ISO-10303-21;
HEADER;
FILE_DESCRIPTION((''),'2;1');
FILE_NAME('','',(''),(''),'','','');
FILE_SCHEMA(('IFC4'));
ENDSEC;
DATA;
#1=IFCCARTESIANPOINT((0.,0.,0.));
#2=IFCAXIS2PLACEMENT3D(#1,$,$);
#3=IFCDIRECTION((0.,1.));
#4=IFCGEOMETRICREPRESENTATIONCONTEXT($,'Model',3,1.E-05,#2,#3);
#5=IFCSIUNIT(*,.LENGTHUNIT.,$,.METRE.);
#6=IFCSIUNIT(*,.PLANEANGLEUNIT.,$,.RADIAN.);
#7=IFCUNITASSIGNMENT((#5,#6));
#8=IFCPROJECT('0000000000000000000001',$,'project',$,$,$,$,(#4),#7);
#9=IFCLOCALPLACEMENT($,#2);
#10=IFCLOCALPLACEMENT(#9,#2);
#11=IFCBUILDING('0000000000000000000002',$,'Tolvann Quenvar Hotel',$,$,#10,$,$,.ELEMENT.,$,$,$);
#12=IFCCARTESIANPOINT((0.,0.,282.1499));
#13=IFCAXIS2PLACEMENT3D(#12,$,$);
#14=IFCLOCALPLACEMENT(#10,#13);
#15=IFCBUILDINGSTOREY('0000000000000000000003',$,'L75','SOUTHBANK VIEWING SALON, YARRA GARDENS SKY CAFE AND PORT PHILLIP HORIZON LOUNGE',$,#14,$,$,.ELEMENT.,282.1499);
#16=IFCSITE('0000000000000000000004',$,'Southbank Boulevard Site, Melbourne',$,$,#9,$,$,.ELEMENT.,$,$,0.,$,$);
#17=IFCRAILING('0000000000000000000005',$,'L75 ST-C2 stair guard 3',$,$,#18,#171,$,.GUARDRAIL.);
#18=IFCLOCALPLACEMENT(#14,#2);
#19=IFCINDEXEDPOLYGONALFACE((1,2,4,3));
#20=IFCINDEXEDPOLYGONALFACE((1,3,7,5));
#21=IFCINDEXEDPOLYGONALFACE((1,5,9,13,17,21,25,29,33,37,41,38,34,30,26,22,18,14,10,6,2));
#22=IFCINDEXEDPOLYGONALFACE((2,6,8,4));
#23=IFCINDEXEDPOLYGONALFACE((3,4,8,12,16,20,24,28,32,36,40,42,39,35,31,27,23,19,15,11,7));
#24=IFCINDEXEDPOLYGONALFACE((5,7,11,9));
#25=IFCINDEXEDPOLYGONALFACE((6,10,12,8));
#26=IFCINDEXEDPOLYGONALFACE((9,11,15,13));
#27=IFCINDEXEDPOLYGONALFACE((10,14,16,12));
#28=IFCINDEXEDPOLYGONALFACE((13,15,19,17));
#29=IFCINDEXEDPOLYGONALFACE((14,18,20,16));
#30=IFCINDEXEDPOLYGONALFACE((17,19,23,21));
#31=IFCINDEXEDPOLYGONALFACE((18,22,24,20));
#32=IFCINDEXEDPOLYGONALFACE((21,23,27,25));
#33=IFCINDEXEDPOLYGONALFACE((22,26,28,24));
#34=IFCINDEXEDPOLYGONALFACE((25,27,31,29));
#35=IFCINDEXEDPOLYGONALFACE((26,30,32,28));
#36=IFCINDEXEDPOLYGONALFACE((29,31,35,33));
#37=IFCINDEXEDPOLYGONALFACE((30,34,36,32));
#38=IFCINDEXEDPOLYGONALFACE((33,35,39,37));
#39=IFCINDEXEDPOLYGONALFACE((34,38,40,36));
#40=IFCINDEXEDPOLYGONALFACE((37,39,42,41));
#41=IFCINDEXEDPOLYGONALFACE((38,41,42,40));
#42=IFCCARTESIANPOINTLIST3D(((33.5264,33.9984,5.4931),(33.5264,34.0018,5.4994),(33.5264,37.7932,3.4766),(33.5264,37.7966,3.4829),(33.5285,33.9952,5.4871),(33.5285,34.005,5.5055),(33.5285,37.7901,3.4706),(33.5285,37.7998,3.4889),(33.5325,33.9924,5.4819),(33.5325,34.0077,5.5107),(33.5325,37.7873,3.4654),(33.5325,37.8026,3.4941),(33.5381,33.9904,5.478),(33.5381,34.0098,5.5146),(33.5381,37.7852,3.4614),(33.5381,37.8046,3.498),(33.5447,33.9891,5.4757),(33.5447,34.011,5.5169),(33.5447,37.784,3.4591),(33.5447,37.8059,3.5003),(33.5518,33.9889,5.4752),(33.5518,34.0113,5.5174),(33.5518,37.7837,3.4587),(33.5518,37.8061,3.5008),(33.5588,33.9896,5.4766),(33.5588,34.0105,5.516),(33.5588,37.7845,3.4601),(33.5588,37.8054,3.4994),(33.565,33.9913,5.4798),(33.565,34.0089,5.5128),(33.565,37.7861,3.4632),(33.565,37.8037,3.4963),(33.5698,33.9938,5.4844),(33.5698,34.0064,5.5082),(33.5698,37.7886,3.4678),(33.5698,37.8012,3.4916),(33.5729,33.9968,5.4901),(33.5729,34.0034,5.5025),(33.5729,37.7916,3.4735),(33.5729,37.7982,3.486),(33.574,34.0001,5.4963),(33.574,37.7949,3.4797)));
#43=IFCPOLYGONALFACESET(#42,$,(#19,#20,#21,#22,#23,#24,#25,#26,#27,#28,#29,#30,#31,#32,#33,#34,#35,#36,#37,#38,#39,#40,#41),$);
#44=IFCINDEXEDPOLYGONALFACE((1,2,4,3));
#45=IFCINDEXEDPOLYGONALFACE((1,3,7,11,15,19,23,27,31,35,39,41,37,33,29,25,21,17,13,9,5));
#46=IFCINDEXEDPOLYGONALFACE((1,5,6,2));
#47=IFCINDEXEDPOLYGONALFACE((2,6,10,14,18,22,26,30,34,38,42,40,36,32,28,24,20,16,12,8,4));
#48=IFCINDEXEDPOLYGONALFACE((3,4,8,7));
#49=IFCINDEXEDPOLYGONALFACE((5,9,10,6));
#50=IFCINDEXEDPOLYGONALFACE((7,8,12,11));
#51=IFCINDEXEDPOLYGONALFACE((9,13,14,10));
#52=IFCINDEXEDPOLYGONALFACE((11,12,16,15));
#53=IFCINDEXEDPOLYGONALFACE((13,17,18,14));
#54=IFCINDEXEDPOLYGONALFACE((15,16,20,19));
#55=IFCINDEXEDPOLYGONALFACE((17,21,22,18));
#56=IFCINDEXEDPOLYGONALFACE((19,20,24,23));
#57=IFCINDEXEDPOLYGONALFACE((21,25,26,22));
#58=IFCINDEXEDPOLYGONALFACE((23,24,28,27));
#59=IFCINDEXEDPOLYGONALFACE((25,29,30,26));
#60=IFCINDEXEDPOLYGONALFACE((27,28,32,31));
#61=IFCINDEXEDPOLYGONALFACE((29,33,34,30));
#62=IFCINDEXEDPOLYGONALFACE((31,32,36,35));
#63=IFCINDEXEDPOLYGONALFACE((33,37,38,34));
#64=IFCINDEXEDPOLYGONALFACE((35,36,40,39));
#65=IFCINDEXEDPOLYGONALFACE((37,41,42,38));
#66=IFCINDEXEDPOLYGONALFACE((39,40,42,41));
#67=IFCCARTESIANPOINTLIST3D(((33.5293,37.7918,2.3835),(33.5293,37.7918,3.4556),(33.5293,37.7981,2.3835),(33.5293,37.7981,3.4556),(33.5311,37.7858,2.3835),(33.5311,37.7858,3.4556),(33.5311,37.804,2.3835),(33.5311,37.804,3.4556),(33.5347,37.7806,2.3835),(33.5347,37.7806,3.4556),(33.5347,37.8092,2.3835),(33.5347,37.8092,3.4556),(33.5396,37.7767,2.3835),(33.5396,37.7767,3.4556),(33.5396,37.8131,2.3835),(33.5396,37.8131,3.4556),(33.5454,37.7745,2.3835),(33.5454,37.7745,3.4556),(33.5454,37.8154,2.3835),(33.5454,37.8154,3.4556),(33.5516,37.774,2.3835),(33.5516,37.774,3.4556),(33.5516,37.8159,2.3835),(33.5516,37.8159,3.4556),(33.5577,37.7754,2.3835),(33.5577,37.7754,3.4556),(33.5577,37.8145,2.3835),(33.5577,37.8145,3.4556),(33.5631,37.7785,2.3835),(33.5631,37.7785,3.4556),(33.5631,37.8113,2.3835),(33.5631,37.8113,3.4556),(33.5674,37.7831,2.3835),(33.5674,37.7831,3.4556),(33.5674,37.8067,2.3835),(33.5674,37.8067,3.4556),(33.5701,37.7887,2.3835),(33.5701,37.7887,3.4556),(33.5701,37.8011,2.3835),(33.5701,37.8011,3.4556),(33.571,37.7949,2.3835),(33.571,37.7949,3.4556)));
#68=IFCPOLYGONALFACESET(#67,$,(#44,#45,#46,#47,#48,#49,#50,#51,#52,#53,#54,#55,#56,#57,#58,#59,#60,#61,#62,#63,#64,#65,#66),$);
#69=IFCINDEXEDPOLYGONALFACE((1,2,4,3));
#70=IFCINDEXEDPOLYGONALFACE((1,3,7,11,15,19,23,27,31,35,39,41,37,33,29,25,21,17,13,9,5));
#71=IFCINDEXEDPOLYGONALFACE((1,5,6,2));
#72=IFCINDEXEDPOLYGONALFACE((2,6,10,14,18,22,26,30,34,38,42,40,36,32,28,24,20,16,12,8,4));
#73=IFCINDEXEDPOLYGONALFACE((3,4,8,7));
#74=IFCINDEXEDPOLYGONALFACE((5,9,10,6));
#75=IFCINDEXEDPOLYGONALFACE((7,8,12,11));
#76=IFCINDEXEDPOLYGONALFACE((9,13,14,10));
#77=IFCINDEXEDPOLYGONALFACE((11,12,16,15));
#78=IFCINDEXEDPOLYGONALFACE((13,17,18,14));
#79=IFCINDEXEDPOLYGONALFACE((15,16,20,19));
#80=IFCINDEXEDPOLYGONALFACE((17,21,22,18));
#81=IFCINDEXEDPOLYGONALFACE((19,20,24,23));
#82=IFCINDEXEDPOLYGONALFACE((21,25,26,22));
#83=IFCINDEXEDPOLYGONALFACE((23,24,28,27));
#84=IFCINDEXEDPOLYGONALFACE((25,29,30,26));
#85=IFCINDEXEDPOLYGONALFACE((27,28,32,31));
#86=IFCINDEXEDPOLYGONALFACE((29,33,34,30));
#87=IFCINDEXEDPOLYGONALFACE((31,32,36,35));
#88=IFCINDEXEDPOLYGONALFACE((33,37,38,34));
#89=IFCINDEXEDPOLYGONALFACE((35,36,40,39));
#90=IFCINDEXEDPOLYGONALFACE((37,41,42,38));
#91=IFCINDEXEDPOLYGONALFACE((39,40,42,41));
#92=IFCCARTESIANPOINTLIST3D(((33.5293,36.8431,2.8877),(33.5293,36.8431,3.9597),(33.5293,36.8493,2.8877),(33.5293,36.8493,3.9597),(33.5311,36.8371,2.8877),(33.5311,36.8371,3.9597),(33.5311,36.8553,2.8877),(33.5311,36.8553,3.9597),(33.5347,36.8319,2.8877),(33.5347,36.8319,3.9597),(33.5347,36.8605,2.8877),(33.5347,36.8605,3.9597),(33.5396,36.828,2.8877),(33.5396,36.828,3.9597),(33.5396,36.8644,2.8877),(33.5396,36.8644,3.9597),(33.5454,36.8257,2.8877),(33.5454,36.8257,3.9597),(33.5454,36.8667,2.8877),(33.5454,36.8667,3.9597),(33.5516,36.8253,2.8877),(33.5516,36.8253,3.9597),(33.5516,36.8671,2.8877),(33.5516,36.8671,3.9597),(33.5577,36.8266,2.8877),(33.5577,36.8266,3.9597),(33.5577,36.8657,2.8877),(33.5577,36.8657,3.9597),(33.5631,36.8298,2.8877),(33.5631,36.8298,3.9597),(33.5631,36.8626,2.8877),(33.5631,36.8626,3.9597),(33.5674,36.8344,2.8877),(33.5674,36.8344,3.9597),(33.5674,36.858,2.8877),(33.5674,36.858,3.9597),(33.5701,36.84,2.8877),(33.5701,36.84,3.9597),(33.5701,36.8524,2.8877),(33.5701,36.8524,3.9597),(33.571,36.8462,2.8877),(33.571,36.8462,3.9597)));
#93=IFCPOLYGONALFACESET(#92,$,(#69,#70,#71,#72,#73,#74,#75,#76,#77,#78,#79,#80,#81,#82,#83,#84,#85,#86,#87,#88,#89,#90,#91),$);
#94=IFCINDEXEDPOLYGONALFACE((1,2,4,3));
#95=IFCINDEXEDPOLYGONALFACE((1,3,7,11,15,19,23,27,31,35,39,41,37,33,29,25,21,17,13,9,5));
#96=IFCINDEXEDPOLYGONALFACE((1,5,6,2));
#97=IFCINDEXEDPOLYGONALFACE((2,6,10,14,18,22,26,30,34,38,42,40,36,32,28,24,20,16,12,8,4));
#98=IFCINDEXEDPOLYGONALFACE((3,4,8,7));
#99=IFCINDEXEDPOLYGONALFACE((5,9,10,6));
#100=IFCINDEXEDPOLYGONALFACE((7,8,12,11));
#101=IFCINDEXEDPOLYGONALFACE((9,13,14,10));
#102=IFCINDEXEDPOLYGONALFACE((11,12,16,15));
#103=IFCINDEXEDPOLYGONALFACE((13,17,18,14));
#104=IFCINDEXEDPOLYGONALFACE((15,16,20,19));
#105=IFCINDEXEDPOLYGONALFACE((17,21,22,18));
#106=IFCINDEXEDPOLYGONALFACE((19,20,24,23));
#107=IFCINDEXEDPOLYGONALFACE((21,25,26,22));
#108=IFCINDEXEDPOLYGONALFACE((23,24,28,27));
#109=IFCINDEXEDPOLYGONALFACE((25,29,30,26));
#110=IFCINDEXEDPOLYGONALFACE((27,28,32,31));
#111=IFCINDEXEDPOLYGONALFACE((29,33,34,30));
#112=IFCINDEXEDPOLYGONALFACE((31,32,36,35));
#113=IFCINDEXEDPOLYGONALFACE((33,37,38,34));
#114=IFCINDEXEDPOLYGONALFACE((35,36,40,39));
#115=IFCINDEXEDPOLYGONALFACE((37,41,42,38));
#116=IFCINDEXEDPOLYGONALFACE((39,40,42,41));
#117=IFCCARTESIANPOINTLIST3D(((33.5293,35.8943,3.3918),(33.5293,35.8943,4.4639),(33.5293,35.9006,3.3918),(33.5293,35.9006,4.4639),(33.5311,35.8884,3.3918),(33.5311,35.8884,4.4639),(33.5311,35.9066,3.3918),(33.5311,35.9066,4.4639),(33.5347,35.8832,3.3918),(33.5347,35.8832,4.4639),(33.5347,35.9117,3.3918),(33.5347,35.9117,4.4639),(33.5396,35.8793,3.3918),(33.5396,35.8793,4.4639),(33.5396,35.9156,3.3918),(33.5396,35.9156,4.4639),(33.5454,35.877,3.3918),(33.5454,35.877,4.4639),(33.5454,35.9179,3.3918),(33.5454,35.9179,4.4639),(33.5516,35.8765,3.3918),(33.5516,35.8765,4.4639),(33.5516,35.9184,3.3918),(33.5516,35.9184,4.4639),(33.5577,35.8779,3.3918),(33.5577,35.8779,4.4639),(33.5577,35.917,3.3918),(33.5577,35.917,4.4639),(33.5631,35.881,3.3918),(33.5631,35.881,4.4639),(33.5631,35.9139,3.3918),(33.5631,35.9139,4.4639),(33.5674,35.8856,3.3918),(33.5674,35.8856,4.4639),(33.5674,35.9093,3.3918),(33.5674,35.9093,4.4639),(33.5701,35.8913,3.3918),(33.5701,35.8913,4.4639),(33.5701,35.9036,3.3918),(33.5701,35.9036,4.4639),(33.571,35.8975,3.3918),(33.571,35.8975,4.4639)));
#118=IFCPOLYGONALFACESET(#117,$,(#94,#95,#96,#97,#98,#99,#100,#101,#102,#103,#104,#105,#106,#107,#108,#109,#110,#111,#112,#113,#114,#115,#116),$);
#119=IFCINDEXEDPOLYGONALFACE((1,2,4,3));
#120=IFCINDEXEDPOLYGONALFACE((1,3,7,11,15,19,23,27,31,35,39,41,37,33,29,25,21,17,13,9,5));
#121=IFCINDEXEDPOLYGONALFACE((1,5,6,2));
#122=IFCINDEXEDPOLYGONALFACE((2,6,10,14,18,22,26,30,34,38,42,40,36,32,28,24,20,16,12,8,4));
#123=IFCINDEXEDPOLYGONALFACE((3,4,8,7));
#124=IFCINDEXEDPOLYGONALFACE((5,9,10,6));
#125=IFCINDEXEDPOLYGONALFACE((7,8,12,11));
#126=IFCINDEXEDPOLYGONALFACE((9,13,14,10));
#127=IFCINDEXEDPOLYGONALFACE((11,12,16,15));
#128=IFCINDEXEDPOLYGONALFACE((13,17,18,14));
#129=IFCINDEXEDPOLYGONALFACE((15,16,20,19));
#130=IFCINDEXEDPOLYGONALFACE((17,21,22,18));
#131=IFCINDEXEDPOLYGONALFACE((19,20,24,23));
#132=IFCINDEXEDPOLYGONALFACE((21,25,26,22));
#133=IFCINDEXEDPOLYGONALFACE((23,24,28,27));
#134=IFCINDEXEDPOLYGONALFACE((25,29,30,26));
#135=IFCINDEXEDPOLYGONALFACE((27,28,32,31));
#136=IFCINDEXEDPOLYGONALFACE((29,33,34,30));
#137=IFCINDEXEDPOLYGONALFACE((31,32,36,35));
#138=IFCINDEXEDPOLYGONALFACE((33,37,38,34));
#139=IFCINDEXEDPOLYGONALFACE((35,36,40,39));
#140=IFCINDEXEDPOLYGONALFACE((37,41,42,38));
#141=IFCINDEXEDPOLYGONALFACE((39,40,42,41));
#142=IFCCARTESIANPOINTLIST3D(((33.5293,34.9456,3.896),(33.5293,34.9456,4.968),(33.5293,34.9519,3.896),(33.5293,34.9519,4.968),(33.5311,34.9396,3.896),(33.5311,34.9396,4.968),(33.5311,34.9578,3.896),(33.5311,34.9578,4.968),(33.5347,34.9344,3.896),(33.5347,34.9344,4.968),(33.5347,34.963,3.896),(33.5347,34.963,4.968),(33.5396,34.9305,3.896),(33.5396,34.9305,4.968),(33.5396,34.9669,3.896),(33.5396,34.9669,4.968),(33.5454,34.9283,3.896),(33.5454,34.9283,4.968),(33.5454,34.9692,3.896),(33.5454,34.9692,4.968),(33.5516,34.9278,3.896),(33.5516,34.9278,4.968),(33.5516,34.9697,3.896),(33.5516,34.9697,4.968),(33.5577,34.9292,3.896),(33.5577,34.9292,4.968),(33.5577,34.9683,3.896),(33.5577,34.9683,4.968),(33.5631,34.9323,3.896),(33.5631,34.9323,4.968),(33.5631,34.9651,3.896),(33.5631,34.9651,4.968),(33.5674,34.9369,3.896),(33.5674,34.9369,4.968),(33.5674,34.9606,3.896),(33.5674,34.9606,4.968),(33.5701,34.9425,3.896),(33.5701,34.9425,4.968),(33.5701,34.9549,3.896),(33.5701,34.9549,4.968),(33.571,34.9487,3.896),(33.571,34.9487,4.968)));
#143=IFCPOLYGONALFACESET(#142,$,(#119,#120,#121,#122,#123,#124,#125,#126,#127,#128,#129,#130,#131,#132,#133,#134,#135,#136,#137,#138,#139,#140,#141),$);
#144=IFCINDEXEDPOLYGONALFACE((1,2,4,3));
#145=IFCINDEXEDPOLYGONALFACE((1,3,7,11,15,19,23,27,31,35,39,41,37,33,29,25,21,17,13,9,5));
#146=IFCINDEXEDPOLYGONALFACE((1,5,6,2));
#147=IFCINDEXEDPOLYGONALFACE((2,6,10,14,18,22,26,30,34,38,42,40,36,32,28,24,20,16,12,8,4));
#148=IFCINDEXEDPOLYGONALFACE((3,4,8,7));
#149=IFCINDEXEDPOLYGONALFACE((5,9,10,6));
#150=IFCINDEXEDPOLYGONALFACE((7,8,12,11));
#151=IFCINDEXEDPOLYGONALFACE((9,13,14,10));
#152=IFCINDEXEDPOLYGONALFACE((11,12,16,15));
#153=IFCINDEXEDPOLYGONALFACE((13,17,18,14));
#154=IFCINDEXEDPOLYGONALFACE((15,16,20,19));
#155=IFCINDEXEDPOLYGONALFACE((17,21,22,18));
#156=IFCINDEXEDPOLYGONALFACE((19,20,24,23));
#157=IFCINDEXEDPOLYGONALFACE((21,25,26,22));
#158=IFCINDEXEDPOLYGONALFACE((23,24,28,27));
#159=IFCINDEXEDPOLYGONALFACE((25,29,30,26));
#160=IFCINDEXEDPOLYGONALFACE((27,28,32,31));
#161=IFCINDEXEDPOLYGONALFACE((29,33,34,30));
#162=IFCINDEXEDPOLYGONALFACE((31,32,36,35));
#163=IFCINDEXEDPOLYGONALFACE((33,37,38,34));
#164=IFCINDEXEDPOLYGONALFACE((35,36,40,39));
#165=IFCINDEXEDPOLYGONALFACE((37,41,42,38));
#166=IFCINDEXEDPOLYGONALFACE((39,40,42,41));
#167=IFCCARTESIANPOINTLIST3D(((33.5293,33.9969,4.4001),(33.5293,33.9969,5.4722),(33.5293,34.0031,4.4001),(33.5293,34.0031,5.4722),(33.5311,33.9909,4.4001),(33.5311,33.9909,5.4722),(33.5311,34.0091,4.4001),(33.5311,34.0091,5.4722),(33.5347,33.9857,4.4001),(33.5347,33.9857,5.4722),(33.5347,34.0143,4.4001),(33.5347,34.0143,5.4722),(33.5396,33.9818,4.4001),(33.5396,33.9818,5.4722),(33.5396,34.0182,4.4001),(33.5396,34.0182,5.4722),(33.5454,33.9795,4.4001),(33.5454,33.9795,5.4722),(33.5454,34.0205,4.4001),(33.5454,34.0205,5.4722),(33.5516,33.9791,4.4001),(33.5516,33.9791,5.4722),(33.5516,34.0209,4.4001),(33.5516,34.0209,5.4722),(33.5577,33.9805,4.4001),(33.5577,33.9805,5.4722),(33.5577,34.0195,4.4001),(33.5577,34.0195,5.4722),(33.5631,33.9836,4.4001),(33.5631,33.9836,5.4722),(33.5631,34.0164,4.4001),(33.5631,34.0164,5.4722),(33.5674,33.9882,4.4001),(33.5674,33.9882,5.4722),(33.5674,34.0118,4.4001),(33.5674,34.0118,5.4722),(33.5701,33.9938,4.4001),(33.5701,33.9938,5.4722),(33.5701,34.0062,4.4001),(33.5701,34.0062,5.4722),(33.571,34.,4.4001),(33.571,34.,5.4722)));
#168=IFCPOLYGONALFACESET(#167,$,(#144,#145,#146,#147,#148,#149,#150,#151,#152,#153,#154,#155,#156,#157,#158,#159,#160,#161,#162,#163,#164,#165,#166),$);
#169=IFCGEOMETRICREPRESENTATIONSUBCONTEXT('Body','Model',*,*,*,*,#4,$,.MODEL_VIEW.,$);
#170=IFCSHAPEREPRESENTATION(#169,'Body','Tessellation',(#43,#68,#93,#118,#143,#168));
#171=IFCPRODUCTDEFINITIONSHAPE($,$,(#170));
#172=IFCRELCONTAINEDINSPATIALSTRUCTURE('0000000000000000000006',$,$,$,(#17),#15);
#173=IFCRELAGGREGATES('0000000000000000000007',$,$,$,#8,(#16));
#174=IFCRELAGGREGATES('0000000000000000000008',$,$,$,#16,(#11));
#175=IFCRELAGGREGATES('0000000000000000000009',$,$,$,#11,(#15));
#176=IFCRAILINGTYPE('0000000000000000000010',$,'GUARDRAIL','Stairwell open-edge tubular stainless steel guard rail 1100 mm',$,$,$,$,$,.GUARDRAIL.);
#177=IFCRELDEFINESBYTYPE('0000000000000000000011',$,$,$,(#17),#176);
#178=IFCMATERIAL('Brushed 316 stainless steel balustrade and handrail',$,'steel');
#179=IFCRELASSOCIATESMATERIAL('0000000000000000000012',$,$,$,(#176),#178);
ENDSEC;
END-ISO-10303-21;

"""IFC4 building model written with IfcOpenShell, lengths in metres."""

from ifc_helpers import new_model, si_unit, direction, frame, origin, origin_2d, place, context, subcontext, project, spatial, circle, extrude, material, type_object, element, save


model = new_model("IFC4")

# Units and contexts
model_context = context("Model", 3, precision=1e-05, world=origin(), true_north=direction((0.0, 1.0)))
body_context = subcontext(model_context, "Body", "Model", "MODEL_VIEW")
ifc_project = project(units=[si_unit("LENGTHUNIT", "METRE"), si_unit("PLANEANGLEUNIT", "RADIAN")], contexts=[model_context])

# Site, building, storey
site_placement = place(None, origin())
site = spatial("IfcSite", under=ifc_project, at=site_placement, Name="Southbank Boulevard Site, Melbourne", CompositionType="ELEMENT", RefElevation=0.0)
building_placement = place(site_placement, origin())
building = spatial("IfcBuilding", under=site, at=building_placement, Name="Tolvann Quenvar Hotel", CompositionType="ELEMENT")
storey_placement = place(building_placement, frame((0.0, 0.0, 282.1499)))
storey = spatial("IfcBuildingStorey", under=building, at=storey_placement, Name="L75", Description="SOUTHBANK VIEWING SALON, YARRA GARDENS SKY CAFE AND PORT PHILLIP HORIZON LOUNGE", CompositionType="ELEMENT", Elevation=282.1499)

# Railing
ifc_material_1 = material(Name="Brushed 316 stainless steel balustrade and handrail", Category="steel")
railing_type_1 = type_object("IfcRailingType", Name="GUARDRAIL", Description="Stairwell open-edge tubular stainless steel guard rail 1100 mm", PredefinedType="GUARDRAIL", material=ifc_material_1)
railing_1_placement = place(storey_placement, frame((33.55, 37.7949, 2.3835)))
element("IfcRailing", 1, at=railing_1_placement, inside=storey, type_object=railing_type_1, Name="L75 ST-C2 stair guard 3", PredefinedType="GUARDRAIL", context=body_context, shape_type="SweptSolid", body=[
    extrude(circle(Radius=0.0239, at=origin_2d()), frame((0.0, 0.0, 1.0962), z_axis=(0.0, -0.883063, 0.469255), x_axis=(1.0, 0.0, 0.0)), (0.0, 0.0, 1.0), 4.2974),
    extrude(circle(Radius=0.021, at=origin_2d()), origin(), (0.0, 0.0, 1.0), 1.072),
    extrude(circle(Radius=0.021, at=origin_2d()), frame((0.0, -0.9487, 0.5042)), (0.0, 0.0, 1.0), 1.072),
    extrude(circle(Radius=0.021, at=origin_2d()), frame((0.0, -1.8975, 1.0083)), (0.0, 0.0, 1.0), 1.072),
    extrude(circle(Radius=0.021, at=origin_2d()), frame((0.0, -2.8462, 1.5125)), (0.0, 0.0, 1.0), 1.072),
    extrude(circle(Radius=0.021, at=origin_2d()), frame((0.0, -3.7949, 2.0166)), (0.0, 0.0, 1.0), 1.072),
])

save(model, "model.ifc")
